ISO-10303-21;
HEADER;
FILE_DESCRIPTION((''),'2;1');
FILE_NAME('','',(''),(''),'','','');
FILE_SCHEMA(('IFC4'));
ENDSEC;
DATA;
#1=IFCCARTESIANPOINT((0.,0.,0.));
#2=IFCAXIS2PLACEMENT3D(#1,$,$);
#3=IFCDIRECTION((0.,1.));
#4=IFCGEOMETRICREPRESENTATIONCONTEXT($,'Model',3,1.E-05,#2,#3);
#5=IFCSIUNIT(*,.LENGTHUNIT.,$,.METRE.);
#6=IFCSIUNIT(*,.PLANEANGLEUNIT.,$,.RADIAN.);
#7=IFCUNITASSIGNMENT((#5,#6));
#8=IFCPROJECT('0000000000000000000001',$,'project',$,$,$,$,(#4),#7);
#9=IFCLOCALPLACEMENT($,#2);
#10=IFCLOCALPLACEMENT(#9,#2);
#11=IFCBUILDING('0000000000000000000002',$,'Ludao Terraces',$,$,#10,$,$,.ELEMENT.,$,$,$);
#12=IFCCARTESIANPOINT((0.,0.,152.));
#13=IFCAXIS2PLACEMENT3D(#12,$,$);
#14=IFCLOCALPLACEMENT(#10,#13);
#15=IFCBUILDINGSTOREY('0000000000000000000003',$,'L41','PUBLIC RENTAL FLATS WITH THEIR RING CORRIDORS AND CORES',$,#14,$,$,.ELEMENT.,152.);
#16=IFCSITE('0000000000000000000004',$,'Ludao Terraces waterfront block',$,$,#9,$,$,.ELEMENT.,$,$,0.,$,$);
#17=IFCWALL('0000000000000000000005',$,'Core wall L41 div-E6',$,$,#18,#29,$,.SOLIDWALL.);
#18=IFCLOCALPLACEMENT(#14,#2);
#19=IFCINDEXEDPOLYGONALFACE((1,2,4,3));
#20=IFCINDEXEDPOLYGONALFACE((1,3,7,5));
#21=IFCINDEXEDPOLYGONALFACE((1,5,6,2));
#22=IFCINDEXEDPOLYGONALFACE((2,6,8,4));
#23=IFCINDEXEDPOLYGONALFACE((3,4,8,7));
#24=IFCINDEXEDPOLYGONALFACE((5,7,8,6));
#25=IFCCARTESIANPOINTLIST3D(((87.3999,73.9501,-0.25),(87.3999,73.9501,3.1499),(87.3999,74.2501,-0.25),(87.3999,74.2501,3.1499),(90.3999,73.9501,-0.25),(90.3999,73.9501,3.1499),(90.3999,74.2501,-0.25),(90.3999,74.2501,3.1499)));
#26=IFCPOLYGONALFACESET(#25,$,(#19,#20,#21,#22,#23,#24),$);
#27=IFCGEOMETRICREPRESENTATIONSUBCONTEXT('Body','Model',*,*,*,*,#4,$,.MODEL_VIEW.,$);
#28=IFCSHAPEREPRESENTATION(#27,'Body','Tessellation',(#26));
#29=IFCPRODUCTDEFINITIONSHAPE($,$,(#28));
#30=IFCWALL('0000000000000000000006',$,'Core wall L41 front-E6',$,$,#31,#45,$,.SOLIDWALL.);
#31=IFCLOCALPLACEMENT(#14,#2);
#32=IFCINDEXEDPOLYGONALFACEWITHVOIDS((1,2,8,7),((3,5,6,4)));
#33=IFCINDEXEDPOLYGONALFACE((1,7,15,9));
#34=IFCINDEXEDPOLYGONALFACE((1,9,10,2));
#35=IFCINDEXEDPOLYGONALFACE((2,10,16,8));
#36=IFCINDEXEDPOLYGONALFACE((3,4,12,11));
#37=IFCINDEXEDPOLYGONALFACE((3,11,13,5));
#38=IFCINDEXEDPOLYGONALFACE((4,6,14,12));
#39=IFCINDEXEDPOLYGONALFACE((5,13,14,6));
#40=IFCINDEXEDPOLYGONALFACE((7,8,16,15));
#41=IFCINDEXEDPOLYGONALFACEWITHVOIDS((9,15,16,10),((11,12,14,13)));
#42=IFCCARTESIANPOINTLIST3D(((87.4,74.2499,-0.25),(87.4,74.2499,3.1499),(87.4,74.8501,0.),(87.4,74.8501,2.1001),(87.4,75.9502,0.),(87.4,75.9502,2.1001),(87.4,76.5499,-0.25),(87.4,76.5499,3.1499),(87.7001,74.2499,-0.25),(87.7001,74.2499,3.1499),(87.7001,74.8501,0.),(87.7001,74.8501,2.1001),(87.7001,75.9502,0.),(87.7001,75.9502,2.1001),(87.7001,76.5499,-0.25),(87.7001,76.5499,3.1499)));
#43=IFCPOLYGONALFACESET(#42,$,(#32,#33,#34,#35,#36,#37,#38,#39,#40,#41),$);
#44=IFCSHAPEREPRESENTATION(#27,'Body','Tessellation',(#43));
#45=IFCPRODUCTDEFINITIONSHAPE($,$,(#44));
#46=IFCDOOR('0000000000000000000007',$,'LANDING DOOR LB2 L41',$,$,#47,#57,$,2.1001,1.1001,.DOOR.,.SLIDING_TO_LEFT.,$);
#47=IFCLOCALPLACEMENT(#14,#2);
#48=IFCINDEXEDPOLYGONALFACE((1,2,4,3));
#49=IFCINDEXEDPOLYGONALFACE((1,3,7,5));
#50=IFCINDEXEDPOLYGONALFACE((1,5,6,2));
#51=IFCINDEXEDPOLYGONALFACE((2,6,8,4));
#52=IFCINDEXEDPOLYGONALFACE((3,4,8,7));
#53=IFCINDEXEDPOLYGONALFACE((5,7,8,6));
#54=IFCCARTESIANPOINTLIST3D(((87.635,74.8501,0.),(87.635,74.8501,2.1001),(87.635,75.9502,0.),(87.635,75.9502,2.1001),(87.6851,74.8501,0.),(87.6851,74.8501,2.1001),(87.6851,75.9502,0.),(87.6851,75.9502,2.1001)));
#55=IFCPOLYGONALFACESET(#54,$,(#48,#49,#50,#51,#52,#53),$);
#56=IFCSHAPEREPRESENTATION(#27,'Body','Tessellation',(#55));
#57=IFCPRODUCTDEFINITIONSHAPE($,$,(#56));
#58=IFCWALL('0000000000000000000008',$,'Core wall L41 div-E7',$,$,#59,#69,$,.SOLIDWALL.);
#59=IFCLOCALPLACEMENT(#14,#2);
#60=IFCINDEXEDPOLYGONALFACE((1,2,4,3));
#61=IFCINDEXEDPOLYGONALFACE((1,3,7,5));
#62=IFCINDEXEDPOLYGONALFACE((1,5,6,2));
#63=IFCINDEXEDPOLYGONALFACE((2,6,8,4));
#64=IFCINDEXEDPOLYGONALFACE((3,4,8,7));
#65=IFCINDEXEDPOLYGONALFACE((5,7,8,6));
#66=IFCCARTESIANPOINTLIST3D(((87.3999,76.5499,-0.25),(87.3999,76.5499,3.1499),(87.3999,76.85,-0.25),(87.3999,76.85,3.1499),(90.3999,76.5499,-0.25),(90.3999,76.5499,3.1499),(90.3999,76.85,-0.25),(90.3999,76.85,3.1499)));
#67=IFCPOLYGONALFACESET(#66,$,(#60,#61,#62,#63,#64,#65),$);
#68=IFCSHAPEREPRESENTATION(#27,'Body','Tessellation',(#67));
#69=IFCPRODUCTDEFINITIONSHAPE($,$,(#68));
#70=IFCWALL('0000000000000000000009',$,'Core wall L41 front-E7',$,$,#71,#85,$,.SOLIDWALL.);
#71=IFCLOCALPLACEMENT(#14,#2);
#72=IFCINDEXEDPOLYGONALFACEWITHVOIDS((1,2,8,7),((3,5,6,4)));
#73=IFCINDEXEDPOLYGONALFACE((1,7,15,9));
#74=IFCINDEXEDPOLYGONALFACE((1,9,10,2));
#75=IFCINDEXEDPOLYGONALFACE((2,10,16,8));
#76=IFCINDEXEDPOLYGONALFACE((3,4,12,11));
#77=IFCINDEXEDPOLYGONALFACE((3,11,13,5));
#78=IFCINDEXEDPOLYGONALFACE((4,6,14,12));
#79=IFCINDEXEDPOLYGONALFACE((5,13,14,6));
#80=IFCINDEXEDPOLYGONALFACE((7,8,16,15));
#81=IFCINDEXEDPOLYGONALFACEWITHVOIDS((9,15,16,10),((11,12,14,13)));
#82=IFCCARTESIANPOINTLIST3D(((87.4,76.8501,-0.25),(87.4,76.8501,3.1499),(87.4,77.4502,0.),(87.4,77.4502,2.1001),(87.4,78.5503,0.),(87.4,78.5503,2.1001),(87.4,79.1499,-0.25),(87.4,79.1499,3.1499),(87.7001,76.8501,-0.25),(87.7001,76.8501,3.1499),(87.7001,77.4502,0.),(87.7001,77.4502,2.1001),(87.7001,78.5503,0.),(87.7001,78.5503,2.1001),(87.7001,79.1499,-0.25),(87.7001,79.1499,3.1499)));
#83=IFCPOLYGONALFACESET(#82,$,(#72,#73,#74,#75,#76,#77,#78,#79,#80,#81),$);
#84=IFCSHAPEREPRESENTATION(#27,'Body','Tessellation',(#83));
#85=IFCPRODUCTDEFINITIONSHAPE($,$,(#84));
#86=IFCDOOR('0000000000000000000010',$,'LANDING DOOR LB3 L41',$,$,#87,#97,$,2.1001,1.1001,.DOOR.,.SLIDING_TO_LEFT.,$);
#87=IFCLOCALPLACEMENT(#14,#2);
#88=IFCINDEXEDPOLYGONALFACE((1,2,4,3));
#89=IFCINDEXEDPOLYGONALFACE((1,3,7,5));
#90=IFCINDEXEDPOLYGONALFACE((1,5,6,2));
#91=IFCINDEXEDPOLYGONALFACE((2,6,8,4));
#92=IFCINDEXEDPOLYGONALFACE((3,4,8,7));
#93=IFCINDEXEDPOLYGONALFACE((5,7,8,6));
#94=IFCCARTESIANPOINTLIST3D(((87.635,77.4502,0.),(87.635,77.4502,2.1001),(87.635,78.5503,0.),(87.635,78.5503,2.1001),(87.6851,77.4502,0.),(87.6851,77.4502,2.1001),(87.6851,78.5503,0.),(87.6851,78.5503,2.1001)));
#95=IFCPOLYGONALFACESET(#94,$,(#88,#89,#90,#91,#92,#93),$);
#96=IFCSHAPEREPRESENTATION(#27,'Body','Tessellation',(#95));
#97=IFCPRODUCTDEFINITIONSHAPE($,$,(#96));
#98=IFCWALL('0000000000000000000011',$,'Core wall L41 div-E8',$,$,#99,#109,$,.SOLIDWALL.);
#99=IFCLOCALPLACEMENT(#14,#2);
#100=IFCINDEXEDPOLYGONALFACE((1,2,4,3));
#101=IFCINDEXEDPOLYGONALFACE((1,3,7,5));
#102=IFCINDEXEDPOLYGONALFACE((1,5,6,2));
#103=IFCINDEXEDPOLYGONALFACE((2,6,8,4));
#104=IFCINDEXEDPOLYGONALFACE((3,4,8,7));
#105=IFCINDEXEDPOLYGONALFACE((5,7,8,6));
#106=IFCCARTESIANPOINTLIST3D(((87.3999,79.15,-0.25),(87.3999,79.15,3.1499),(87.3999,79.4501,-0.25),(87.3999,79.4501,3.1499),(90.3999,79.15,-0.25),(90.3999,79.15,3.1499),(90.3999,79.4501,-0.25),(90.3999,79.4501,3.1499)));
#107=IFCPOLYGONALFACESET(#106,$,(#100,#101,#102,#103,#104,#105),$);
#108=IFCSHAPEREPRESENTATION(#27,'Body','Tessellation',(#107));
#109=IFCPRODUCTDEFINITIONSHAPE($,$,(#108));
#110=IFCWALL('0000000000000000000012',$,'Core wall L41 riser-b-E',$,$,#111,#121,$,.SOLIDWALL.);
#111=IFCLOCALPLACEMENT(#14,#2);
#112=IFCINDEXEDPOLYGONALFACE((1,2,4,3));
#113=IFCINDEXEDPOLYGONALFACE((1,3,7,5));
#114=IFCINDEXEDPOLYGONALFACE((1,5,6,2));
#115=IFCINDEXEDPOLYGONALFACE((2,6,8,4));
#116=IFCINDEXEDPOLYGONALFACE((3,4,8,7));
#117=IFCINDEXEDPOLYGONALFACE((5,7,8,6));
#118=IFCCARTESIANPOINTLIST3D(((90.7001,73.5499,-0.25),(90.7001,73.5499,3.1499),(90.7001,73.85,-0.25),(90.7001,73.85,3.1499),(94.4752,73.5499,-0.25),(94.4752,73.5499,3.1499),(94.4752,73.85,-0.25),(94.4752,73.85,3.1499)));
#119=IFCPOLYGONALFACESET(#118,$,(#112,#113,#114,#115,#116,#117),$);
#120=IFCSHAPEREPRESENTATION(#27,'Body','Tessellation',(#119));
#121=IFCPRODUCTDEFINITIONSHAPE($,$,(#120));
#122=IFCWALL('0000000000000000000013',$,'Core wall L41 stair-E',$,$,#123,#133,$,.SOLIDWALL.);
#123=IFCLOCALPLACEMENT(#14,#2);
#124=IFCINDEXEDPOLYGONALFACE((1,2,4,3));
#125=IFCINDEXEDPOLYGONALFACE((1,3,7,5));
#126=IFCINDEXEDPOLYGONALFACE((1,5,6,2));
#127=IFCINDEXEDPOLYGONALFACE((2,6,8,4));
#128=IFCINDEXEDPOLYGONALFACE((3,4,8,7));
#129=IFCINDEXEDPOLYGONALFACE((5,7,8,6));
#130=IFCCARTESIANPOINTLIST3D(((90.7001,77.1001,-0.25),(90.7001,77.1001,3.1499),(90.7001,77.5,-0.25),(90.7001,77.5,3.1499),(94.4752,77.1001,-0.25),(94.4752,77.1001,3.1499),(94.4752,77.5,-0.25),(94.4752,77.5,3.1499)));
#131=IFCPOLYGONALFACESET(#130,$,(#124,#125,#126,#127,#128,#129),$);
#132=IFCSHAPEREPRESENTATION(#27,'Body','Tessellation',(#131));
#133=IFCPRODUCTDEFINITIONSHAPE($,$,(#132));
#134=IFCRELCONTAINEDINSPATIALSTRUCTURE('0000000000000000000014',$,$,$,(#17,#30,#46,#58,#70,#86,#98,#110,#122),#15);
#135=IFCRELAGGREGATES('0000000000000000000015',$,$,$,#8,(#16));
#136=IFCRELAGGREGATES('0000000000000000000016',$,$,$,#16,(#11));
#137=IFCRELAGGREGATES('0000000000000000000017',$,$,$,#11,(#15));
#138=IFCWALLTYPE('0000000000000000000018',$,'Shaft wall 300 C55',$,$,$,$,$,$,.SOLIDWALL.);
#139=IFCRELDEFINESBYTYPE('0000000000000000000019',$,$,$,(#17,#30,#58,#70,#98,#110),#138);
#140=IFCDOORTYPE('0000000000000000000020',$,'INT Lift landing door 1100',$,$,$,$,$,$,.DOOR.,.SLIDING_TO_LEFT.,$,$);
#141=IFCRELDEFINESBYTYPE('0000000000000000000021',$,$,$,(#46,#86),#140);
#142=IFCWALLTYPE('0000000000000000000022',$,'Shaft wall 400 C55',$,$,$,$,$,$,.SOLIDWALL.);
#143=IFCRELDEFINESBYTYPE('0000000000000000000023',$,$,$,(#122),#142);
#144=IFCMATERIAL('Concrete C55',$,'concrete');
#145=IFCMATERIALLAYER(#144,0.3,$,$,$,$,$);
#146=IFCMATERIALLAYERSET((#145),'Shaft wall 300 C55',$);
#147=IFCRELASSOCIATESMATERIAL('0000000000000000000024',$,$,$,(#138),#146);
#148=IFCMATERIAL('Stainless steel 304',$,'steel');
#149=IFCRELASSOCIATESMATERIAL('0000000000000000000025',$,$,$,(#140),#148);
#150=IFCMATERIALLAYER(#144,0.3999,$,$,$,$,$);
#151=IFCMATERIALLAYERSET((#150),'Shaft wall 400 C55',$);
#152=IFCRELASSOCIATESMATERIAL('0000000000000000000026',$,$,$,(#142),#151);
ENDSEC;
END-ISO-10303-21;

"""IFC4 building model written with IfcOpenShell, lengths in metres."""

from ifc_helpers import new_model, si_unit, direction, frame, frame_2d, origin, place, context, subcontext, project, spatial, rectangle, extrude, material, layer, layer_set, type_object, element, fill, save


model = new_model("IFC4")

# Units and contexts
model_context = context("Model", 3, precision=1e-05, world=origin(), true_north=direction((0.0, 1.0)))
body_context = subcontext(model_context, "Body", "Model", "MODEL_VIEW")
ifc_project = project(units=[si_unit("LENGTHUNIT", "METRE"), si_unit("PLANEANGLEUNIT", "RADIAN")], contexts=[model_context])

# Site, building, storey
site_placement = place(None, origin())
site = spatial("IfcSite", under=ifc_project, at=site_placement, Name="Ludao Terraces waterfront block", CompositionType="ELEMENT", RefElevation=0.0)
building_placement = place(site_placement, origin())
building = spatial("IfcBuilding", under=site, at=building_placement, Name="Ludao Terraces", CompositionType="ELEMENT")
storey_placement = place(building_placement, frame((0.0, 0.0, 152.0)))
storey = spatial("IfcBuildingStorey", under=building, at=storey_placement, Name="L41", Description="PUBLIC RENTAL FLATS WITH THEIR RING CORRIDORS AND CORES", CompositionType="ELEMENT", Elevation=152.0)

# Shared definitions
ifc_material_1 = material(Name="Concrete C55", Category="concrete")
ifc_layer_1 = layer(ifc_material_1, 0.3)
ifc_layer_set_1 = layer_set([ifc_layer_1], Name="Shaft wall 300 C55")
wall_type_1 = type_object("IfcWallType", Name="Shaft wall 300 C55", PredefinedType="SOLIDWALL", material=ifc_layer_set_1)

# Shared definitions
ifc_material_2 = material(Name="Stainless steel 304", Category="steel")
door_type_1 = type_object("IfcDoorType", Name="INT Lift landing door 1100", OperationType="SLIDING_TO_LEFT", PredefinedType="DOOR", material=ifc_material_2)

# Wall
wall_1_placement = place(storey_placement, frame((87.3999, 74.1001, -0.25), z_axis=(0.0, 0.0, 1.0), x_axis=(1.0, 0.0, 0.0)))
element("IfcWall", 1, at=wall_1_placement, inside=storey, type_object=wall_type_1, Name="Core wall L41 div-E6", PredefinedType="SOLIDWALL", context=body_context, shape_type="SweptSolid", body=[
    extrude(rectangle(XDim=3.0, YDim=0.3, at=frame_2d((1.5, 0.0))), origin(), (0.0, 0.0, 1.0), 3.3999),
])

# Wall, opening, door
wall_2_placement = place(storey_placement, frame((87.55, 74.25, -0.25), z_axis=(0.0, 0.0, 1.0), x_axis=(0.0, 1.0, 0.0)))
wall_2 = element("IfcWall", 2, at=wall_2_placement, inside=storey, type_object=wall_type_1, Name="Core wall L41 front-E6", PredefinedType="SOLIDWALL", context=body_context, shape_type="SweptSolid", body=[
    extrude(rectangle(XDim=2.3, YDim=0.3, at=frame_2d((1.1499, 0.0))), origin(), (0.0, 0.0, 1.0), 3.3999),
])
opening_1_placement = place(wall_2_placement, frame((0.6001, 0.0, 0.25)))
opening_1 = element("IfcOpeningElement", 3, at=opening_1_placement, cuts=wall_2, PredefinedType="OPENING", context=body_context, shape_type="SweptSolid", body=[
    extrude(rectangle(XDim=1.1001, YDim=2.1001, at=frame_2d((0.55, 1.05))), frame((0.0, 0.1602, 0.0), z_axis=(0.0, -1.0, 0.0), x_axis=(1.0, 0.0, 0.0)), (0.0, 0.0, 1.0), 0.3201),
])
door_1_placement = place(opening_1_placement, origin())
door_1 = element("IfcDoor", 4, at=door_1_placement, inside=storey, type_object=door_type_1, Name="LANDING DOOR LB2 L41", OperationType="SLIDING_TO_LEFT", OverallHeight=2.1001, OverallWidth=1.1001, PredefinedType="DOOR", context=body_context, shape_type="SweptSolid", body=[
    extrude(rectangle(XDim=1.1001, YDim=2.1001, at=frame_2d((0.55, 1.05))), frame((0.0, -0.085, 0.0), z_axis=(0.0, -1.0, 0.0), x_axis=(1.0, 0.0, 0.0)), (0.0, 0.0, 1.0), 0.05),
])
fill(opening_1, door_1)

# Wall
wall_3_placement = place(storey_placement, frame((87.3999, 76.7, -0.25), z_axis=(0.0, 0.0, 1.0), x_axis=(1.0, 0.0, 0.0)))
element("IfcWall", 5, at=wall_3_placement, inside=storey, type_object=wall_type_1, Name="Core wall L41 div-E7", PredefinedType="SOLIDWALL", context=body_context, shape_type="SweptSolid", body=[
    extrude(rectangle(XDim=3.0, YDim=0.3, at=frame_2d((1.5, 0.0))), origin(), (0.0, 0.0, 1.0), 3.3999),
])

# Wall, opening, door
wall_4_placement = place(storey_placement, frame((87.55, 76.8501, -0.25), z_axis=(0.0, 0.0, 1.0), x_axis=(0.0, 1.0, 0.0)))
wall_4 = element("IfcWall", 6, at=wall_4_placement, inside=storey, type_object=wall_type_1, Name="Core wall L41 front-E7", PredefinedType="SOLIDWALL", context=body_context, shape_type="SweptSolid", body=[
    extrude(rectangle(XDim=2.2998, YDim=0.3, at=frame_2d((1.1499, 0.0))), origin(), (0.0, 0.0, 1.0), 3.3999),
])
opening_2_placement = place(wall_4_placement, frame((0.6001, 0.0, 0.25)))
opening_2 = element("IfcOpeningElement", 7, at=opening_2_placement, cuts=wall_4, PredefinedType="OPENING", context=body_context, shape_type="SweptSolid", body=[
    extrude(rectangle(XDim=1.1001, YDim=2.1001, at=frame_2d((0.55, 1.05))), frame((0.0, 0.1602, 0.0), z_axis=(0.0, -1.0, 0.0), x_axis=(1.0, 0.0, 0.0)), (0.0, 0.0, 1.0), 0.3201),
])
door_2_placement = place(opening_2_placement, origin())
door_2 = element("IfcDoor", 8, at=door_2_placement, inside=storey, type_object=door_type_1, Name="LANDING DOOR LB3 L41", OperationType="SLIDING_TO_LEFT", OverallHeight=2.1001, OverallWidth=1.1001, PredefinedType="DOOR", context=body_context, shape_type="SweptSolid", body=[
    extrude(rectangle(XDim=1.1001, YDim=2.1001, at=frame_2d((0.55, 1.05))), frame((0.0, -0.085, 0.0), z_axis=(0.0, -1.0, 0.0), x_axis=(1.0, 0.0, 0.0)), (0.0, 0.0, 1.0), 0.05),
])
fill(opening_2, door_2)

# Walls
wall_5_placement = place(storey_placement, frame((87.3999, 79.3, -0.25), z_axis=(0.0, 0.0, 1.0), x_axis=(1.0, 0.0, 0.0)))
element("IfcWall", 9, at=wall_5_placement, inside=storey, type_object=wall_type_1, Name="Core wall L41 div-E8", PredefinedType="SOLIDWALL", context=body_context, shape_type="SweptSolid", body=[
    extrude(rectangle(XDim=3.0, YDim=0.3, at=frame_2d((1.5, 0.0))), origin(), (0.0, 0.0, 1.0), 3.3999),
])
wall_6_placement = place(storey_placement, frame((90.7, 73.7, -0.25), z_axis=(0.0, 0.0, 1.0), x_axis=(1.0, 0.0, 0.0)))
element("IfcWall", 10, at=wall_6_placement, inside=storey, type_object=wall_type_1, Name="Core wall L41 riser-b-E", PredefinedType="SOLIDWALL", context=body_context, shape_type="SweptSolid", body=[
    extrude(rectangle(XDim=3.7751, YDim=0.3, at=frame_2d((1.8877, 0.0))), origin(), (0.0, 0.0, 1.0), 3.3999),
])
ifc_layer_2 = layer(ifc_material_1, 0.3999)
ifc_layer_set_2 = layer_set([ifc_layer_2], Name="Shaft wall 400 C55")
wall_type_2 = type_object("IfcWallType", Name="Shaft wall 400 C55", PredefinedType="SOLIDWALL", material=ifc_layer_set_2)
wall_7_placement = place(storey_placement, frame((90.7, 77.3, -0.25), z_axis=(0.0, 0.0, 1.0), x_axis=(1.0, 0.0, 0.0)))
element("IfcWall", 11, at=wall_7_placement, inside=storey, type_object=wall_type_2, Name="Core wall L41 stair-E", PredefinedType="SOLIDWALL", context=body_context, shape_type="SweptSolid", body=[
    extrude(rectangle(XDim=3.7751, YDim=0.3999, at=frame_2d((1.8877, 0.0))), origin(), (0.0, 0.0, 1.0), 3.3999),
])

save(model, "model.ifc")
